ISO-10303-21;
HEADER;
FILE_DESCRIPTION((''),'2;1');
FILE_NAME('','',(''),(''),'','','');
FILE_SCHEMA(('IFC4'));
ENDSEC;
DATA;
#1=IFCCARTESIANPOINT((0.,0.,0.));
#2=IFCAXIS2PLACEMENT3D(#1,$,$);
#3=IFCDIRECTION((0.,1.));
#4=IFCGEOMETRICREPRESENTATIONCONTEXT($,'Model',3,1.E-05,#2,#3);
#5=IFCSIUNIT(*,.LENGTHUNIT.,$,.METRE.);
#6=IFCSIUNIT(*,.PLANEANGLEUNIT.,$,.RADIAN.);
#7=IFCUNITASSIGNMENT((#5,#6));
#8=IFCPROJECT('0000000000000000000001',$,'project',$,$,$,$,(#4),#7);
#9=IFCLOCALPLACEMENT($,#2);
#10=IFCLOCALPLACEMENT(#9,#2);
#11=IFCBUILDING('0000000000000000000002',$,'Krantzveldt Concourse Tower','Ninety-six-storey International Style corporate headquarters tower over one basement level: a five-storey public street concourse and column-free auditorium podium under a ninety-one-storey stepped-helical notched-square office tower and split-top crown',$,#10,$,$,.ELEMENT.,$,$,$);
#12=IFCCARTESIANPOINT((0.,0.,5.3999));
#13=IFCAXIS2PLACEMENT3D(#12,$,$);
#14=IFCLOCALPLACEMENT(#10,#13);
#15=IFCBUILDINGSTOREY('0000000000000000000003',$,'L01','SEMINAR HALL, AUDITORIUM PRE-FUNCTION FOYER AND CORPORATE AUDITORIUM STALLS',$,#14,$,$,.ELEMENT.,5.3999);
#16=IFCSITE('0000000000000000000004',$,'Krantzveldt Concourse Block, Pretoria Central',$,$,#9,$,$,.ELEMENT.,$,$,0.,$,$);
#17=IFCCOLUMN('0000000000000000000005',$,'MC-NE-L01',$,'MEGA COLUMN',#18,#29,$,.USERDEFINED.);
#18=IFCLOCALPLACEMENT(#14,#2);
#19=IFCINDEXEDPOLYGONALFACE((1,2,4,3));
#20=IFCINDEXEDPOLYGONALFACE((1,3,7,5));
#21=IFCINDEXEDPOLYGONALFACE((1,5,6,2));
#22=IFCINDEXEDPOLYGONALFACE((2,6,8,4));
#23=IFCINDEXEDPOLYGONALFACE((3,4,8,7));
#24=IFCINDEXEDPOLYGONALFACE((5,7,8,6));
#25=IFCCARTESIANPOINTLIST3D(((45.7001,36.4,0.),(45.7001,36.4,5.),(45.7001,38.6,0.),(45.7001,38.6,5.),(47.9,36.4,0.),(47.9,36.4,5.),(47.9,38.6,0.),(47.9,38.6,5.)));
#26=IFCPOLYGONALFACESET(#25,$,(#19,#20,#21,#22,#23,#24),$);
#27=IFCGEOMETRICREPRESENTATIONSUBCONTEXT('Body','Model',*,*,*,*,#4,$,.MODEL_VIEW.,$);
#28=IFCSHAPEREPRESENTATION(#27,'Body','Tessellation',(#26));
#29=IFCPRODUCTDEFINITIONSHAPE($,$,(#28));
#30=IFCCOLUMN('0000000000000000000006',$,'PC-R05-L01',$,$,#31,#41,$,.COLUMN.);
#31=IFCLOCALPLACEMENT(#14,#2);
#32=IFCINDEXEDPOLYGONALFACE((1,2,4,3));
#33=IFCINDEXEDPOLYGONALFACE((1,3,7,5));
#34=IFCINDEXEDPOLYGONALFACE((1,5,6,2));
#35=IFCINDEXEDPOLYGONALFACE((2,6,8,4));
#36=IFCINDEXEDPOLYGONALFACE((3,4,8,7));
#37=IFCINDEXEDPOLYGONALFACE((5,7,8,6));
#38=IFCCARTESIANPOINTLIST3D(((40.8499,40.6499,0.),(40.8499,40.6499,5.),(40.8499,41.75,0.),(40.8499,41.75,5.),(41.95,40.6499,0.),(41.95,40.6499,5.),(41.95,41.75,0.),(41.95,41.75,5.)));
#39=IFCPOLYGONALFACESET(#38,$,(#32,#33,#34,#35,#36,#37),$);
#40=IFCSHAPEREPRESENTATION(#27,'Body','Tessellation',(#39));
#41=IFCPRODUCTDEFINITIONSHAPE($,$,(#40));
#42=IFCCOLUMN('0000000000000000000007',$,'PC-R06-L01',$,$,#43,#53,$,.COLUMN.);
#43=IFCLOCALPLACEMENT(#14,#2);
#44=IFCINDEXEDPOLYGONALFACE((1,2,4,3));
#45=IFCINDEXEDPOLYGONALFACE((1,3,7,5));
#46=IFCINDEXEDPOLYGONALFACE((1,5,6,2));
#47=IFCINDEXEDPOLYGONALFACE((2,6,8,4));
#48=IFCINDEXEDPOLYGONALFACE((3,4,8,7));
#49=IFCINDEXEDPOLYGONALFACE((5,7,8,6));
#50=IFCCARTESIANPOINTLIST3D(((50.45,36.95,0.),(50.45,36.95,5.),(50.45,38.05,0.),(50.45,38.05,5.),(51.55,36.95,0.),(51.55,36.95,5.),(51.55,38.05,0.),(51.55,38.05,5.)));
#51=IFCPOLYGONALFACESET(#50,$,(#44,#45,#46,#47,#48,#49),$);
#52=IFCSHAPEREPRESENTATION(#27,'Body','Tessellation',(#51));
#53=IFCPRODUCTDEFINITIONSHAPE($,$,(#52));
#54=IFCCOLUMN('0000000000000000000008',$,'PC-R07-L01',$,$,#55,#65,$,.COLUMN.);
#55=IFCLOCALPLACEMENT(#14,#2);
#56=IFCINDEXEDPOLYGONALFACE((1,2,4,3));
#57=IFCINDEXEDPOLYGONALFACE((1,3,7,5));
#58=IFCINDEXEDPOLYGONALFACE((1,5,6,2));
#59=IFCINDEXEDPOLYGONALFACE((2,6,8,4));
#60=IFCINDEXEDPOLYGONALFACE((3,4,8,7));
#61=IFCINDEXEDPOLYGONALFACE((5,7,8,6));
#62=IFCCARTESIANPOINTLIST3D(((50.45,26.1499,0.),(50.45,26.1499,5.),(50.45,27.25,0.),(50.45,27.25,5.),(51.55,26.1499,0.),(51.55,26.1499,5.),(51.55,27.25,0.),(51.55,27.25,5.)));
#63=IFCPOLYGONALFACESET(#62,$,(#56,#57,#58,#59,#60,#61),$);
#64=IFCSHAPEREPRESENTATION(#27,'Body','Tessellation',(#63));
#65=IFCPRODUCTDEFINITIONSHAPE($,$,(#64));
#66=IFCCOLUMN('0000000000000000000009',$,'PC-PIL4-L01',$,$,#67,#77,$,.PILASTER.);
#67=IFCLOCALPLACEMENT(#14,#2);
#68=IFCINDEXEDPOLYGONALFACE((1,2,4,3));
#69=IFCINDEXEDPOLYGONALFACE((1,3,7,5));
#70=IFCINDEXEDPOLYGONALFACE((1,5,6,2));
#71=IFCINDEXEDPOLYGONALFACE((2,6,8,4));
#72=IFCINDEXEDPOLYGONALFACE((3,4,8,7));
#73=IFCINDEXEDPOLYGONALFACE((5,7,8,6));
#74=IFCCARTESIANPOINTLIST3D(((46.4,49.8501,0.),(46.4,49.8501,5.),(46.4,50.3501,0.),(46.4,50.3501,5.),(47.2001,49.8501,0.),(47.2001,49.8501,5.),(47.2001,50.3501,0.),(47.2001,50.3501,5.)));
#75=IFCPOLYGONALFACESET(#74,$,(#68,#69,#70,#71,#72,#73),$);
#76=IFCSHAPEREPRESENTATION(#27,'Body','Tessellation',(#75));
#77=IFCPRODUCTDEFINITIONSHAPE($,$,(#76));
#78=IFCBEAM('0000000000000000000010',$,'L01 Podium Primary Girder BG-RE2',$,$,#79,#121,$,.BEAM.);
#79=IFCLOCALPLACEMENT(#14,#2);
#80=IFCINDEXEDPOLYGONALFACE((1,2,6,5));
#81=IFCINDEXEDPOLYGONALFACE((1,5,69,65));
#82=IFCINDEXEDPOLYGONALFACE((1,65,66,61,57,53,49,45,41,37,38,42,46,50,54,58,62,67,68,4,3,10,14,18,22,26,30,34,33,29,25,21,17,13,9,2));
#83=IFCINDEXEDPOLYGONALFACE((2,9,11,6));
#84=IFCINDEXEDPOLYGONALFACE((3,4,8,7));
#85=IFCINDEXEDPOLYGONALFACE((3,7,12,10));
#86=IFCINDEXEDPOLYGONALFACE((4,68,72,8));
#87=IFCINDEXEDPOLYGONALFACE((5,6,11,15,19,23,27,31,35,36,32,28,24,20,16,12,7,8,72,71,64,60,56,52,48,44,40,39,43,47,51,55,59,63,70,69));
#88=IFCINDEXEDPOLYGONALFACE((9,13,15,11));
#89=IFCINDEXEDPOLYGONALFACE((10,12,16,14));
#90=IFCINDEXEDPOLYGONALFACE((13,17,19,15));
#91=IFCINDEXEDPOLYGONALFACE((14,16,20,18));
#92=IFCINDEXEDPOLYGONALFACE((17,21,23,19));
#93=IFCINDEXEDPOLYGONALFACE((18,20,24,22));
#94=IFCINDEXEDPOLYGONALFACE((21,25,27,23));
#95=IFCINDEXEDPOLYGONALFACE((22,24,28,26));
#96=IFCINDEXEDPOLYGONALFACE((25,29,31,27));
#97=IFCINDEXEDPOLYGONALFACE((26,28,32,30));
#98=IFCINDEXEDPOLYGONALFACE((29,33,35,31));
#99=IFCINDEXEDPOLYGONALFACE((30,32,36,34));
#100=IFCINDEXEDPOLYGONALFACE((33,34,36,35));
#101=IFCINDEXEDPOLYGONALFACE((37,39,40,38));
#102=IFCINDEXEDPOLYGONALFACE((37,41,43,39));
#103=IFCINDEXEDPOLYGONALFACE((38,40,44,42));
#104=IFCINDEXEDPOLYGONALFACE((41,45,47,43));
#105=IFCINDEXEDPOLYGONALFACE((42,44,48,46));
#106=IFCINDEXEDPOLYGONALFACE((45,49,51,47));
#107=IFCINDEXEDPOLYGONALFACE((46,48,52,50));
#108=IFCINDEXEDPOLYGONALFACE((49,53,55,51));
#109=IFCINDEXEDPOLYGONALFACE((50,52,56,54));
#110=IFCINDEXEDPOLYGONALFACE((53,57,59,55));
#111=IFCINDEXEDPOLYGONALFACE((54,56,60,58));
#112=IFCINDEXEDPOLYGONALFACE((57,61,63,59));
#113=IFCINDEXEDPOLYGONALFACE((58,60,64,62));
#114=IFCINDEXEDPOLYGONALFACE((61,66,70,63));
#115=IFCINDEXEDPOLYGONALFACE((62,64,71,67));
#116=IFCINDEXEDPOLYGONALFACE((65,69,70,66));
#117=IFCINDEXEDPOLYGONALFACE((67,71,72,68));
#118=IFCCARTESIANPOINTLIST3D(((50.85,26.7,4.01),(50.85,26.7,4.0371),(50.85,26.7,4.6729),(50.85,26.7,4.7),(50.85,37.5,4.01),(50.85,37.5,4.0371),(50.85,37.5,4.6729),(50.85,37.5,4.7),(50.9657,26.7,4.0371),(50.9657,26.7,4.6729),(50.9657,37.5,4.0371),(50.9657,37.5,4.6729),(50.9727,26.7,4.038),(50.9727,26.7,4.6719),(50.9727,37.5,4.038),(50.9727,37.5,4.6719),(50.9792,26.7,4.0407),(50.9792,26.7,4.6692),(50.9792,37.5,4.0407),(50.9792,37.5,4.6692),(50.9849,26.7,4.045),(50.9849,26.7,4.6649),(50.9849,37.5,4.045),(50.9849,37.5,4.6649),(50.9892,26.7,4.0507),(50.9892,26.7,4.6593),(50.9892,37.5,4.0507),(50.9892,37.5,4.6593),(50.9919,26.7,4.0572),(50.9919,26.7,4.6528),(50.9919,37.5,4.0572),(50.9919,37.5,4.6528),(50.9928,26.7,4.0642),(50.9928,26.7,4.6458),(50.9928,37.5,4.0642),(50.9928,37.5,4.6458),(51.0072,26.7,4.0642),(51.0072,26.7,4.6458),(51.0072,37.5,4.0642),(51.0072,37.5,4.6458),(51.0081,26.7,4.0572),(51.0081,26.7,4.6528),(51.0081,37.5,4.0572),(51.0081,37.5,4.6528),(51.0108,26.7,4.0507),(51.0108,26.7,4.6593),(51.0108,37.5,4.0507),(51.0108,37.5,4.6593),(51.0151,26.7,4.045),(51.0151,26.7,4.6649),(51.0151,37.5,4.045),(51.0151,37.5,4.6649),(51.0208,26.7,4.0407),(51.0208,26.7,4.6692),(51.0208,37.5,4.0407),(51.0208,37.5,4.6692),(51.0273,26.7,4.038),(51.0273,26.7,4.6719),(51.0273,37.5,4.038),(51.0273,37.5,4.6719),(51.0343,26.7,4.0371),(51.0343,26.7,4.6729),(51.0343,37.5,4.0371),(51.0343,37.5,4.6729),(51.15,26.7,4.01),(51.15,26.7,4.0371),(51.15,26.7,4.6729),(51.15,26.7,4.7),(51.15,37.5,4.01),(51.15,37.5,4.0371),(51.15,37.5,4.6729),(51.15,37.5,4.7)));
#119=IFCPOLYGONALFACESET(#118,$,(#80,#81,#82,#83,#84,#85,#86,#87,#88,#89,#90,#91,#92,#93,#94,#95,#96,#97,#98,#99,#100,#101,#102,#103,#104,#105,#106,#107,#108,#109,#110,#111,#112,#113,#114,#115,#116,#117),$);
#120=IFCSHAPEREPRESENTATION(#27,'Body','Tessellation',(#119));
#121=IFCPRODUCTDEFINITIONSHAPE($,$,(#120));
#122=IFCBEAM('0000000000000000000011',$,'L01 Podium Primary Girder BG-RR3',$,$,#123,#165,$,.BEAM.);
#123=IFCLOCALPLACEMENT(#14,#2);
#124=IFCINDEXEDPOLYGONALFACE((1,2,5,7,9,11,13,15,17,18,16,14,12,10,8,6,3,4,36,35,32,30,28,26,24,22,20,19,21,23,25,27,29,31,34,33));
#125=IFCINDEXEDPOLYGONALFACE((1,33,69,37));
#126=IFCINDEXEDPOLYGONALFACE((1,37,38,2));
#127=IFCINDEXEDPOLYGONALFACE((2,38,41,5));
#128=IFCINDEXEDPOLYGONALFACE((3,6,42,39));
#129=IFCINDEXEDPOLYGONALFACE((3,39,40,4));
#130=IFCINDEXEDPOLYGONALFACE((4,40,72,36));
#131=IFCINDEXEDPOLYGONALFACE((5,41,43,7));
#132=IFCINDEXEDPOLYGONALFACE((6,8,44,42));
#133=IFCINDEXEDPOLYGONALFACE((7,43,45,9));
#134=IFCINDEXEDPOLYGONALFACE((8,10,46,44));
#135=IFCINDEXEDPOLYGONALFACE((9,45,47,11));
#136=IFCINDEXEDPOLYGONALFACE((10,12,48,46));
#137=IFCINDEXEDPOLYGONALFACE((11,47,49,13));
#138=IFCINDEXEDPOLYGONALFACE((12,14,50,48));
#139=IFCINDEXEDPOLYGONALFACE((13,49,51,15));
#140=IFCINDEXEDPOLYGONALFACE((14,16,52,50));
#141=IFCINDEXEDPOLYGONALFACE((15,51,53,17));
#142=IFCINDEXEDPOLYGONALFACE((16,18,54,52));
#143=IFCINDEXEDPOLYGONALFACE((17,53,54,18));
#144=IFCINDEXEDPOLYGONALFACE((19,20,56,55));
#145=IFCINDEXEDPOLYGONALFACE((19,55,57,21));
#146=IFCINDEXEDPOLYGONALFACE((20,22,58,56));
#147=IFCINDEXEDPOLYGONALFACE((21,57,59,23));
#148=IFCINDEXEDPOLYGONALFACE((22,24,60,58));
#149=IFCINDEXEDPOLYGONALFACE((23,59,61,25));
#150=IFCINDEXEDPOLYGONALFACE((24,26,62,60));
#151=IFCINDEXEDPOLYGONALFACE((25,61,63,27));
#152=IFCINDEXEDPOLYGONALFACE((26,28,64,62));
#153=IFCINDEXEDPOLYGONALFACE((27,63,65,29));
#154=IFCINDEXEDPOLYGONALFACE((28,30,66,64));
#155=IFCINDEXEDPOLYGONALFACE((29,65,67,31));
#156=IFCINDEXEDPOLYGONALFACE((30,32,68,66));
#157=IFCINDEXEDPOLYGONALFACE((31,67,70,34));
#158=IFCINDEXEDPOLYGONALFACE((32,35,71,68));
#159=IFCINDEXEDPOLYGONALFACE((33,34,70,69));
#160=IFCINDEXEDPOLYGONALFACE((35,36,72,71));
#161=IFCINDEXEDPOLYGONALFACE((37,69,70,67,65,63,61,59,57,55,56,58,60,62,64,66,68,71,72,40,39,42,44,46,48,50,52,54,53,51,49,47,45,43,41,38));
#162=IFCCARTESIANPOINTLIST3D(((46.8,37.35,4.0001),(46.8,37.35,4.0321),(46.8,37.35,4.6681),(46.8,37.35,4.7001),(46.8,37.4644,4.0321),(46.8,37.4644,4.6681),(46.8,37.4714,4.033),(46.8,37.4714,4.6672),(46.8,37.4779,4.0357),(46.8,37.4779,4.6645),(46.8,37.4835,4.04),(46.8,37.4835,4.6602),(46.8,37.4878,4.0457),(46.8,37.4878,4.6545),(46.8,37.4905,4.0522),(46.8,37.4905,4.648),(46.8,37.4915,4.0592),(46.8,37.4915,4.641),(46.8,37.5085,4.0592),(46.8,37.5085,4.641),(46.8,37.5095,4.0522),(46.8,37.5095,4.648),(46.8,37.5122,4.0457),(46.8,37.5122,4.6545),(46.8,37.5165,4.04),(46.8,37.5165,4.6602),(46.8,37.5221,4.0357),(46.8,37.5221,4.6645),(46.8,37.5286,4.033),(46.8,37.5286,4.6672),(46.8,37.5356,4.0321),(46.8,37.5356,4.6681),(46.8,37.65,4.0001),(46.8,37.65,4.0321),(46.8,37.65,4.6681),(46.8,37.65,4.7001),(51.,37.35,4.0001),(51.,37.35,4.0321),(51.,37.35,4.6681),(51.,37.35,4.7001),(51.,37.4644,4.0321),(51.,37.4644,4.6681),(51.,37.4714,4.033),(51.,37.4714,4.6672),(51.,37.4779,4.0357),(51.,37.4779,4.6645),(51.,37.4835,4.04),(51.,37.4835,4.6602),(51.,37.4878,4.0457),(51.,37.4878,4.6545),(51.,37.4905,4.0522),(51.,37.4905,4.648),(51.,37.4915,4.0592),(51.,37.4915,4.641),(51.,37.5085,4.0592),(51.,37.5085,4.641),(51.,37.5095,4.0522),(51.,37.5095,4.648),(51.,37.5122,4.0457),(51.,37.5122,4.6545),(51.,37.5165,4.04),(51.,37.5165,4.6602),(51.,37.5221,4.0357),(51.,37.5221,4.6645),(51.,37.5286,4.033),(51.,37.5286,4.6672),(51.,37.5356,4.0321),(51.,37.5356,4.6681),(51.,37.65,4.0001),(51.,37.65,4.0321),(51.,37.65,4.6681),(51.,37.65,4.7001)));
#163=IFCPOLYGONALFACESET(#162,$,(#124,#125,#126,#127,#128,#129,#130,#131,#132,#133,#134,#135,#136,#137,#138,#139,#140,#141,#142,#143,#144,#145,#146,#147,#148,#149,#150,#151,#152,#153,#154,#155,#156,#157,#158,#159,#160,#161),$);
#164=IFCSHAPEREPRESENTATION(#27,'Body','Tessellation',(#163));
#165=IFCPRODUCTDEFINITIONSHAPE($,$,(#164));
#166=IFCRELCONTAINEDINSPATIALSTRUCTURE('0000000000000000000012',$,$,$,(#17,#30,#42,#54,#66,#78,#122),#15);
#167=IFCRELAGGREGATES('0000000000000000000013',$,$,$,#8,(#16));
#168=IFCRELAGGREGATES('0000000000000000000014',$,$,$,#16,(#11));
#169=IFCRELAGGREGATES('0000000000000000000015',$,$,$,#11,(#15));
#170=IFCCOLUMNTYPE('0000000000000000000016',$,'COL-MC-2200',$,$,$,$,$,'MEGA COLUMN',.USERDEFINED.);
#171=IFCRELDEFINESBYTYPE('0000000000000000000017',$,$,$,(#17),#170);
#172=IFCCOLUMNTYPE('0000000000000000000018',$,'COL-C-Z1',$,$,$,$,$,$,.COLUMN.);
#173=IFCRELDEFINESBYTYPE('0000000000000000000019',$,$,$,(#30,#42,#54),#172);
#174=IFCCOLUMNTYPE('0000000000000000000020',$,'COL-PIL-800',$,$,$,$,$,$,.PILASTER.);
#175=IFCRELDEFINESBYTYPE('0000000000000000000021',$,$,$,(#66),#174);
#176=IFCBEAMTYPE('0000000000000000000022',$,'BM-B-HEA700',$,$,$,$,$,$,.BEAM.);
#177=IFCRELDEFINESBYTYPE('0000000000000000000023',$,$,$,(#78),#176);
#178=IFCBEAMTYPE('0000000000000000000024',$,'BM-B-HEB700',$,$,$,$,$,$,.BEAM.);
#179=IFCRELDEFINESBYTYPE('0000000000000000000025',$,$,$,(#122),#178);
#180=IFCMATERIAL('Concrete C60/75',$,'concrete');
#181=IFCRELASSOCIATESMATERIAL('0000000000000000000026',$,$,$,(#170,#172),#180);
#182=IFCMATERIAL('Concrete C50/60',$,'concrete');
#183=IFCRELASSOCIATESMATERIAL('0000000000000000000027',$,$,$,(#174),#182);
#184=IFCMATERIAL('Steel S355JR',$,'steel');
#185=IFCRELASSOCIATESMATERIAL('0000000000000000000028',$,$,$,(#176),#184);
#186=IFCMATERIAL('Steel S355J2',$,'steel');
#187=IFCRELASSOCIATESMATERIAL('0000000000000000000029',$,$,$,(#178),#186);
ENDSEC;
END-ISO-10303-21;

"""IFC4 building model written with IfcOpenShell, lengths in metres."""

from ifc_helpers import new_model, si_unit, direction, frame, origin, origin_2d, place, context, subcontext, project, spatial, rectangle, i_section, extrude, source, transform, mapped, material, material_profile, profile_set, type_object, type_shapes, element, save


model = new_model("IFC4")

# Units and contexts
model_context = context("Model", 3, precision=1e-05, world=origin(), true_north=direction((0.0, 1.0)))
body_context = subcontext(model_context, "Body", "Model", "MODEL_VIEW")
ifc_project = project(units=[si_unit("LENGTHUNIT", "METRE"), si_unit("PLANEANGLEUNIT", "RADIAN")], contexts=[model_context])

# Site, building, storey
site_placement = place(None, origin())
site = spatial("IfcSite", under=ifc_project, at=site_placement, Name="Krantzveldt Concourse Block, Pretoria Central", CompositionType="ELEMENT", RefElevation=0.0)
building_placement = place(site_placement, origin())
building = spatial("IfcBuilding", under=site, at=building_placement, Name="Krantzveldt Concourse Tower", Description="Ninety-six-storey International Style corporate headquarters tower over one basement level: a five-storey public street concourse and column-free auditorium podium under a ninety-one-storey stepped-helical notched-square office tower and split-top crown", CompositionType="ELEMENT")
storey_placement = place(building_placement, frame((0.0, 0.0, 5.3999)))
storey = spatial("IfcBuildingStorey", under=building, at=storey_placement, Name="L01", Description="SEMINAR HALL, AUDITORIUM PRE-FUNCTION FOYER AND CORPORATE AUDITORIUM STALLS", CompositionType="ELEMENT", Elevation=5.3999)

# Columns
ifc_material_1 = material(Name="Concrete C60/75", Category="concrete")
ifc_material_profile_1 = material_profile(ifc_material_1, rectangle(XDim=2.2, YDim=2.2, at=origin_2d()), Name="Concrete C60/75", Category="concrete")
ifc_profile_set_1 = profile_set([ifc_material_profile_1], Name="Concrete C60/75 - RC 2200x2200")
column_type_1 = type_object("IfcColumnType", Name="COL-MC-2200", ElementType="MEGA COLUMN", PredefinedType="USERDEFINED", material=ifc_profile_set_1)
shared_shape_1 = source(origin(), body_context, "Body", "SweptSolid", [
    extrude(rectangle(XDim=2.2, YDim=2.2, at=origin_2d()), origin(), (0.0, 0.0, 1.0), 5.0),
])
type_shapes(column_type_1, [shared_shape_1])
column_1_placement = place(storey_placement, frame((46.8, 37.5, 0.0), z_axis=(0.0, 0.0, 1.0), x_axis=(1.0, 0.0, 0.0)))
element("IfcColumn", 1, at=column_1_placement, inside=storey, type_object=column_type_1, Name="MC-NE-L01", ObjectType="MEGA COLUMN", PredefinedType="USERDEFINED", context=body_context, shape_type="MappedRepresentation", body=[
    mapped(shared_shape_1, transform((0.0, 0.0, 0.0), x_axis=(1.0, 0.0, 0.0), y_axis=(0.0, 1.0, 0.0), z_axis=(0.0, 0.0, 1.0), scale=1.0)),
])
ifc_material_profile_2 = material_profile(ifc_material_1, rectangle(XDim=1.1001, YDim=1.1001, at=origin_2d()), Name="Concrete C60/75", Category="concrete")
ifc_profile_set_2 = profile_set([ifc_material_profile_2], Name="Concrete C60/75 - RC 1100x1100")
column_type_2 = type_object("IfcColumnType", Name="COL-C-Z1", PredefinedType="COLUMN", material=ifc_profile_set_2)
shared_shape_2 = source(origin(), body_context, "Body", "SweptSolid", [
    extrude(rectangle(XDim=1.1001, YDim=1.1001, at=origin_2d()), origin(), (0.0, 0.0, 1.0), 5.0),
])
type_shapes(column_type_2, [shared_shape_2])
for number, where, z_axis, x_axis, name in (
    (2, (41.3999, 41.2, 0.0), (0.0, 0.0, 1.0), (1.0, 0.0, 0.0), "PC-R05-L01"),
    (3, (51.0, 37.5, 0.0), (0.0, 0.0, 1.0), (1.0, 0.0, 0.0), "PC-R06-L01"),
    (4, (51.0, 26.7, 0.0), (0.0, 0.0, 1.0), (1.0, 0.0, 0.0), "PC-R07-L01"),
):
    element("IfcColumn", number, at=place(storey_placement, frame(where, z_axis=z_axis, x_axis=x_axis)), inside=storey, type_object=column_type_2, Name=name, PredefinedType="COLUMN", context=body_context, shape_type="MappedRepresentation", body=[
        mapped(shared_shape_2, transform((0.0, 0.0, 0.0), x_axis=(1.0, 0.0, 0.0), y_axis=(0.0, 1.0, 0.0), z_axis=(0.0, 0.0, 1.0), scale=1.0)),
    ])
ifc_material_2 = material(Name="Concrete C50/60", Category="concrete")
ifc_material_profile_3 = material_profile(ifc_material_2, rectangle(XDim=0.8, YDim=0.5, at=origin_2d()), Name="Concrete C50/60", Category="concrete")
ifc_profile_set_3 = profile_set([ifc_material_profile_3], Name="Concrete C50/60 - RC-PIL 800x500")
column_type_3 = type_object("IfcColumnType", Name="COL-PIL-800", PredefinedType="PILASTER", material=ifc_profile_set_3)
shared_shape_3 = source(origin(), body_context, "Body", "SweptSolid", [
    extrude(rectangle(XDim=0.8, YDim=0.5, at=origin_2d()), origin(), (0.0, 0.0, 1.0), 5.0),
])
type_shapes(column_type_3, [shared_shape_3])
column_2_placement = place(storey_placement, frame((46.8, 50.1001, 0.0), z_axis=(0.0, 0.0, 1.0), x_axis=(1.0, 0.0, 0.0)))
element("IfcColumn", 5, at=column_2_placement, inside=storey, type_object=column_type_3, Name="PC-PIL4-L01", PredefinedType="PILASTER", context=body_context, shape_type="MappedRepresentation", body=[
    mapped(shared_shape_3, transform((0.0, 0.0, 0.0), x_axis=(1.0, 0.0, 0.0), y_axis=(0.0, 1.0, 0.0), z_axis=(0.0, 0.0, 1.0), scale=1.0)),
])

# Beams
ifc_material_3 = material(Name="Steel S355JR", Category="steel")
ifc_material_profile_4 = material_profile(ifc_material_3, i_section(OverallWidth=0.3, OverallDepth=0.6899, WebThickness=0.0144, FlangeThickness=0.0271, FilletRadius=0.0271, at=origin_2d()), Name="Steel S355JR", Category="steel")
ifc_profile_set_4 = profile_set([ifc_material_profile_4], Name="Steel S355JR - HEA 700")
beam_type_1 = type_object("IfcBeamType", Name="BM-B-HEA700", PredefinedType="BEAM", material=ifc_profile_set_4)
shared_shape_4 = source(origin(), body_context, "Body", "SweptSolid", [
    extrude(i_section(OverallWidth=0.3, OverallDepth=0.6899, WebThickness=0.0144, FlangeThickness=0.0271, FilletRadius=0.0271, at=origin_2d()), origin(), (0.0, 0.0, 1.0), 10.8),
])
beam_1_placement = place(storey_placement, frame((51.0, 26.7, 4.355), z_axis=(0.0, 1.0, 0.0), x_axis=(-1.0, 0.0, 0.0)))
element("IfcBeam", 6, at=beam_1_placement, inside=storey, type_object=beam_type_1, Name="L01 Podium Primary Girder BG-RE2", PredefinedType="BEAM", context=body_context, shape_type="MappedRepresentation", body=[
    mapped(shared_shape_4, transform((0.0, 0.0, 0.0), x_axis=(1.0, 0.0, 0.0), y_axis=(0.0, 1.0, 0.0), z_axis=(0.0, 0.0, 1.0), scale=1.0)),
])
ifc_material_4 = material(Name="Steel S355J2", Category="steel")
ifc_material_profile_5 = material_profile(ifc_material_4, i_section(OverallWidth=0.3, OverallDepth=0.7, WebThickness=0.0171, FlangeThickness=0.032, FilletRadius=0.0271, at=origin_2d()), Name="Steel S355J2", Category="steel")
ifc_profile_set_5 = profile_set([ifc_material_profile_5], Name="Steel S355J2 - HEB 700")
beam_type_2 = type_object("IfcBeamType", Name="BM-B-HEB700", PredefinedType="BEAM", material=ifc_profile_set_5)
shared_shape_5 = source(origin(), body_context, "Body", "SweptSolid", [
    extrude(i_section(OverallWidth=0.3, OverallDepth=0.7, WebThickness=0.0171, FlangeThickness=0.032, FilletRadius=0.0271, at=origin_2d()), origin(), (0.0, 0.0, 1.0), 4.2),
])
type_shapes(beam_type_2, [shared_shape_5])
beam_2_placement = place(storey_placement, frame((46.8, 37.5, 4.3501), z_axis=(1.0, 0.0, 0.0), x_axis=(0.0, 1.0, 0.0)))
element("IfcBeam", 7, at=beam_2_placement, inside=storey, type_object=beam_type_2, Name="L01 Podium Primary Girder BG-RR3", PredefinedType="BEAM", context=body_context, shape_type="MappedRepresentation", body=[
    mapped(shared_shape_5, transform((0.0, 0.0, 0.0), x_axis=(1.0, 0.0, 0.0), y_axis=(0.0, 1.0, 0.0), z_axis=(0.0, 0.0, 1.0), scale=1.0)),
])

save(model, "model.ifc")
